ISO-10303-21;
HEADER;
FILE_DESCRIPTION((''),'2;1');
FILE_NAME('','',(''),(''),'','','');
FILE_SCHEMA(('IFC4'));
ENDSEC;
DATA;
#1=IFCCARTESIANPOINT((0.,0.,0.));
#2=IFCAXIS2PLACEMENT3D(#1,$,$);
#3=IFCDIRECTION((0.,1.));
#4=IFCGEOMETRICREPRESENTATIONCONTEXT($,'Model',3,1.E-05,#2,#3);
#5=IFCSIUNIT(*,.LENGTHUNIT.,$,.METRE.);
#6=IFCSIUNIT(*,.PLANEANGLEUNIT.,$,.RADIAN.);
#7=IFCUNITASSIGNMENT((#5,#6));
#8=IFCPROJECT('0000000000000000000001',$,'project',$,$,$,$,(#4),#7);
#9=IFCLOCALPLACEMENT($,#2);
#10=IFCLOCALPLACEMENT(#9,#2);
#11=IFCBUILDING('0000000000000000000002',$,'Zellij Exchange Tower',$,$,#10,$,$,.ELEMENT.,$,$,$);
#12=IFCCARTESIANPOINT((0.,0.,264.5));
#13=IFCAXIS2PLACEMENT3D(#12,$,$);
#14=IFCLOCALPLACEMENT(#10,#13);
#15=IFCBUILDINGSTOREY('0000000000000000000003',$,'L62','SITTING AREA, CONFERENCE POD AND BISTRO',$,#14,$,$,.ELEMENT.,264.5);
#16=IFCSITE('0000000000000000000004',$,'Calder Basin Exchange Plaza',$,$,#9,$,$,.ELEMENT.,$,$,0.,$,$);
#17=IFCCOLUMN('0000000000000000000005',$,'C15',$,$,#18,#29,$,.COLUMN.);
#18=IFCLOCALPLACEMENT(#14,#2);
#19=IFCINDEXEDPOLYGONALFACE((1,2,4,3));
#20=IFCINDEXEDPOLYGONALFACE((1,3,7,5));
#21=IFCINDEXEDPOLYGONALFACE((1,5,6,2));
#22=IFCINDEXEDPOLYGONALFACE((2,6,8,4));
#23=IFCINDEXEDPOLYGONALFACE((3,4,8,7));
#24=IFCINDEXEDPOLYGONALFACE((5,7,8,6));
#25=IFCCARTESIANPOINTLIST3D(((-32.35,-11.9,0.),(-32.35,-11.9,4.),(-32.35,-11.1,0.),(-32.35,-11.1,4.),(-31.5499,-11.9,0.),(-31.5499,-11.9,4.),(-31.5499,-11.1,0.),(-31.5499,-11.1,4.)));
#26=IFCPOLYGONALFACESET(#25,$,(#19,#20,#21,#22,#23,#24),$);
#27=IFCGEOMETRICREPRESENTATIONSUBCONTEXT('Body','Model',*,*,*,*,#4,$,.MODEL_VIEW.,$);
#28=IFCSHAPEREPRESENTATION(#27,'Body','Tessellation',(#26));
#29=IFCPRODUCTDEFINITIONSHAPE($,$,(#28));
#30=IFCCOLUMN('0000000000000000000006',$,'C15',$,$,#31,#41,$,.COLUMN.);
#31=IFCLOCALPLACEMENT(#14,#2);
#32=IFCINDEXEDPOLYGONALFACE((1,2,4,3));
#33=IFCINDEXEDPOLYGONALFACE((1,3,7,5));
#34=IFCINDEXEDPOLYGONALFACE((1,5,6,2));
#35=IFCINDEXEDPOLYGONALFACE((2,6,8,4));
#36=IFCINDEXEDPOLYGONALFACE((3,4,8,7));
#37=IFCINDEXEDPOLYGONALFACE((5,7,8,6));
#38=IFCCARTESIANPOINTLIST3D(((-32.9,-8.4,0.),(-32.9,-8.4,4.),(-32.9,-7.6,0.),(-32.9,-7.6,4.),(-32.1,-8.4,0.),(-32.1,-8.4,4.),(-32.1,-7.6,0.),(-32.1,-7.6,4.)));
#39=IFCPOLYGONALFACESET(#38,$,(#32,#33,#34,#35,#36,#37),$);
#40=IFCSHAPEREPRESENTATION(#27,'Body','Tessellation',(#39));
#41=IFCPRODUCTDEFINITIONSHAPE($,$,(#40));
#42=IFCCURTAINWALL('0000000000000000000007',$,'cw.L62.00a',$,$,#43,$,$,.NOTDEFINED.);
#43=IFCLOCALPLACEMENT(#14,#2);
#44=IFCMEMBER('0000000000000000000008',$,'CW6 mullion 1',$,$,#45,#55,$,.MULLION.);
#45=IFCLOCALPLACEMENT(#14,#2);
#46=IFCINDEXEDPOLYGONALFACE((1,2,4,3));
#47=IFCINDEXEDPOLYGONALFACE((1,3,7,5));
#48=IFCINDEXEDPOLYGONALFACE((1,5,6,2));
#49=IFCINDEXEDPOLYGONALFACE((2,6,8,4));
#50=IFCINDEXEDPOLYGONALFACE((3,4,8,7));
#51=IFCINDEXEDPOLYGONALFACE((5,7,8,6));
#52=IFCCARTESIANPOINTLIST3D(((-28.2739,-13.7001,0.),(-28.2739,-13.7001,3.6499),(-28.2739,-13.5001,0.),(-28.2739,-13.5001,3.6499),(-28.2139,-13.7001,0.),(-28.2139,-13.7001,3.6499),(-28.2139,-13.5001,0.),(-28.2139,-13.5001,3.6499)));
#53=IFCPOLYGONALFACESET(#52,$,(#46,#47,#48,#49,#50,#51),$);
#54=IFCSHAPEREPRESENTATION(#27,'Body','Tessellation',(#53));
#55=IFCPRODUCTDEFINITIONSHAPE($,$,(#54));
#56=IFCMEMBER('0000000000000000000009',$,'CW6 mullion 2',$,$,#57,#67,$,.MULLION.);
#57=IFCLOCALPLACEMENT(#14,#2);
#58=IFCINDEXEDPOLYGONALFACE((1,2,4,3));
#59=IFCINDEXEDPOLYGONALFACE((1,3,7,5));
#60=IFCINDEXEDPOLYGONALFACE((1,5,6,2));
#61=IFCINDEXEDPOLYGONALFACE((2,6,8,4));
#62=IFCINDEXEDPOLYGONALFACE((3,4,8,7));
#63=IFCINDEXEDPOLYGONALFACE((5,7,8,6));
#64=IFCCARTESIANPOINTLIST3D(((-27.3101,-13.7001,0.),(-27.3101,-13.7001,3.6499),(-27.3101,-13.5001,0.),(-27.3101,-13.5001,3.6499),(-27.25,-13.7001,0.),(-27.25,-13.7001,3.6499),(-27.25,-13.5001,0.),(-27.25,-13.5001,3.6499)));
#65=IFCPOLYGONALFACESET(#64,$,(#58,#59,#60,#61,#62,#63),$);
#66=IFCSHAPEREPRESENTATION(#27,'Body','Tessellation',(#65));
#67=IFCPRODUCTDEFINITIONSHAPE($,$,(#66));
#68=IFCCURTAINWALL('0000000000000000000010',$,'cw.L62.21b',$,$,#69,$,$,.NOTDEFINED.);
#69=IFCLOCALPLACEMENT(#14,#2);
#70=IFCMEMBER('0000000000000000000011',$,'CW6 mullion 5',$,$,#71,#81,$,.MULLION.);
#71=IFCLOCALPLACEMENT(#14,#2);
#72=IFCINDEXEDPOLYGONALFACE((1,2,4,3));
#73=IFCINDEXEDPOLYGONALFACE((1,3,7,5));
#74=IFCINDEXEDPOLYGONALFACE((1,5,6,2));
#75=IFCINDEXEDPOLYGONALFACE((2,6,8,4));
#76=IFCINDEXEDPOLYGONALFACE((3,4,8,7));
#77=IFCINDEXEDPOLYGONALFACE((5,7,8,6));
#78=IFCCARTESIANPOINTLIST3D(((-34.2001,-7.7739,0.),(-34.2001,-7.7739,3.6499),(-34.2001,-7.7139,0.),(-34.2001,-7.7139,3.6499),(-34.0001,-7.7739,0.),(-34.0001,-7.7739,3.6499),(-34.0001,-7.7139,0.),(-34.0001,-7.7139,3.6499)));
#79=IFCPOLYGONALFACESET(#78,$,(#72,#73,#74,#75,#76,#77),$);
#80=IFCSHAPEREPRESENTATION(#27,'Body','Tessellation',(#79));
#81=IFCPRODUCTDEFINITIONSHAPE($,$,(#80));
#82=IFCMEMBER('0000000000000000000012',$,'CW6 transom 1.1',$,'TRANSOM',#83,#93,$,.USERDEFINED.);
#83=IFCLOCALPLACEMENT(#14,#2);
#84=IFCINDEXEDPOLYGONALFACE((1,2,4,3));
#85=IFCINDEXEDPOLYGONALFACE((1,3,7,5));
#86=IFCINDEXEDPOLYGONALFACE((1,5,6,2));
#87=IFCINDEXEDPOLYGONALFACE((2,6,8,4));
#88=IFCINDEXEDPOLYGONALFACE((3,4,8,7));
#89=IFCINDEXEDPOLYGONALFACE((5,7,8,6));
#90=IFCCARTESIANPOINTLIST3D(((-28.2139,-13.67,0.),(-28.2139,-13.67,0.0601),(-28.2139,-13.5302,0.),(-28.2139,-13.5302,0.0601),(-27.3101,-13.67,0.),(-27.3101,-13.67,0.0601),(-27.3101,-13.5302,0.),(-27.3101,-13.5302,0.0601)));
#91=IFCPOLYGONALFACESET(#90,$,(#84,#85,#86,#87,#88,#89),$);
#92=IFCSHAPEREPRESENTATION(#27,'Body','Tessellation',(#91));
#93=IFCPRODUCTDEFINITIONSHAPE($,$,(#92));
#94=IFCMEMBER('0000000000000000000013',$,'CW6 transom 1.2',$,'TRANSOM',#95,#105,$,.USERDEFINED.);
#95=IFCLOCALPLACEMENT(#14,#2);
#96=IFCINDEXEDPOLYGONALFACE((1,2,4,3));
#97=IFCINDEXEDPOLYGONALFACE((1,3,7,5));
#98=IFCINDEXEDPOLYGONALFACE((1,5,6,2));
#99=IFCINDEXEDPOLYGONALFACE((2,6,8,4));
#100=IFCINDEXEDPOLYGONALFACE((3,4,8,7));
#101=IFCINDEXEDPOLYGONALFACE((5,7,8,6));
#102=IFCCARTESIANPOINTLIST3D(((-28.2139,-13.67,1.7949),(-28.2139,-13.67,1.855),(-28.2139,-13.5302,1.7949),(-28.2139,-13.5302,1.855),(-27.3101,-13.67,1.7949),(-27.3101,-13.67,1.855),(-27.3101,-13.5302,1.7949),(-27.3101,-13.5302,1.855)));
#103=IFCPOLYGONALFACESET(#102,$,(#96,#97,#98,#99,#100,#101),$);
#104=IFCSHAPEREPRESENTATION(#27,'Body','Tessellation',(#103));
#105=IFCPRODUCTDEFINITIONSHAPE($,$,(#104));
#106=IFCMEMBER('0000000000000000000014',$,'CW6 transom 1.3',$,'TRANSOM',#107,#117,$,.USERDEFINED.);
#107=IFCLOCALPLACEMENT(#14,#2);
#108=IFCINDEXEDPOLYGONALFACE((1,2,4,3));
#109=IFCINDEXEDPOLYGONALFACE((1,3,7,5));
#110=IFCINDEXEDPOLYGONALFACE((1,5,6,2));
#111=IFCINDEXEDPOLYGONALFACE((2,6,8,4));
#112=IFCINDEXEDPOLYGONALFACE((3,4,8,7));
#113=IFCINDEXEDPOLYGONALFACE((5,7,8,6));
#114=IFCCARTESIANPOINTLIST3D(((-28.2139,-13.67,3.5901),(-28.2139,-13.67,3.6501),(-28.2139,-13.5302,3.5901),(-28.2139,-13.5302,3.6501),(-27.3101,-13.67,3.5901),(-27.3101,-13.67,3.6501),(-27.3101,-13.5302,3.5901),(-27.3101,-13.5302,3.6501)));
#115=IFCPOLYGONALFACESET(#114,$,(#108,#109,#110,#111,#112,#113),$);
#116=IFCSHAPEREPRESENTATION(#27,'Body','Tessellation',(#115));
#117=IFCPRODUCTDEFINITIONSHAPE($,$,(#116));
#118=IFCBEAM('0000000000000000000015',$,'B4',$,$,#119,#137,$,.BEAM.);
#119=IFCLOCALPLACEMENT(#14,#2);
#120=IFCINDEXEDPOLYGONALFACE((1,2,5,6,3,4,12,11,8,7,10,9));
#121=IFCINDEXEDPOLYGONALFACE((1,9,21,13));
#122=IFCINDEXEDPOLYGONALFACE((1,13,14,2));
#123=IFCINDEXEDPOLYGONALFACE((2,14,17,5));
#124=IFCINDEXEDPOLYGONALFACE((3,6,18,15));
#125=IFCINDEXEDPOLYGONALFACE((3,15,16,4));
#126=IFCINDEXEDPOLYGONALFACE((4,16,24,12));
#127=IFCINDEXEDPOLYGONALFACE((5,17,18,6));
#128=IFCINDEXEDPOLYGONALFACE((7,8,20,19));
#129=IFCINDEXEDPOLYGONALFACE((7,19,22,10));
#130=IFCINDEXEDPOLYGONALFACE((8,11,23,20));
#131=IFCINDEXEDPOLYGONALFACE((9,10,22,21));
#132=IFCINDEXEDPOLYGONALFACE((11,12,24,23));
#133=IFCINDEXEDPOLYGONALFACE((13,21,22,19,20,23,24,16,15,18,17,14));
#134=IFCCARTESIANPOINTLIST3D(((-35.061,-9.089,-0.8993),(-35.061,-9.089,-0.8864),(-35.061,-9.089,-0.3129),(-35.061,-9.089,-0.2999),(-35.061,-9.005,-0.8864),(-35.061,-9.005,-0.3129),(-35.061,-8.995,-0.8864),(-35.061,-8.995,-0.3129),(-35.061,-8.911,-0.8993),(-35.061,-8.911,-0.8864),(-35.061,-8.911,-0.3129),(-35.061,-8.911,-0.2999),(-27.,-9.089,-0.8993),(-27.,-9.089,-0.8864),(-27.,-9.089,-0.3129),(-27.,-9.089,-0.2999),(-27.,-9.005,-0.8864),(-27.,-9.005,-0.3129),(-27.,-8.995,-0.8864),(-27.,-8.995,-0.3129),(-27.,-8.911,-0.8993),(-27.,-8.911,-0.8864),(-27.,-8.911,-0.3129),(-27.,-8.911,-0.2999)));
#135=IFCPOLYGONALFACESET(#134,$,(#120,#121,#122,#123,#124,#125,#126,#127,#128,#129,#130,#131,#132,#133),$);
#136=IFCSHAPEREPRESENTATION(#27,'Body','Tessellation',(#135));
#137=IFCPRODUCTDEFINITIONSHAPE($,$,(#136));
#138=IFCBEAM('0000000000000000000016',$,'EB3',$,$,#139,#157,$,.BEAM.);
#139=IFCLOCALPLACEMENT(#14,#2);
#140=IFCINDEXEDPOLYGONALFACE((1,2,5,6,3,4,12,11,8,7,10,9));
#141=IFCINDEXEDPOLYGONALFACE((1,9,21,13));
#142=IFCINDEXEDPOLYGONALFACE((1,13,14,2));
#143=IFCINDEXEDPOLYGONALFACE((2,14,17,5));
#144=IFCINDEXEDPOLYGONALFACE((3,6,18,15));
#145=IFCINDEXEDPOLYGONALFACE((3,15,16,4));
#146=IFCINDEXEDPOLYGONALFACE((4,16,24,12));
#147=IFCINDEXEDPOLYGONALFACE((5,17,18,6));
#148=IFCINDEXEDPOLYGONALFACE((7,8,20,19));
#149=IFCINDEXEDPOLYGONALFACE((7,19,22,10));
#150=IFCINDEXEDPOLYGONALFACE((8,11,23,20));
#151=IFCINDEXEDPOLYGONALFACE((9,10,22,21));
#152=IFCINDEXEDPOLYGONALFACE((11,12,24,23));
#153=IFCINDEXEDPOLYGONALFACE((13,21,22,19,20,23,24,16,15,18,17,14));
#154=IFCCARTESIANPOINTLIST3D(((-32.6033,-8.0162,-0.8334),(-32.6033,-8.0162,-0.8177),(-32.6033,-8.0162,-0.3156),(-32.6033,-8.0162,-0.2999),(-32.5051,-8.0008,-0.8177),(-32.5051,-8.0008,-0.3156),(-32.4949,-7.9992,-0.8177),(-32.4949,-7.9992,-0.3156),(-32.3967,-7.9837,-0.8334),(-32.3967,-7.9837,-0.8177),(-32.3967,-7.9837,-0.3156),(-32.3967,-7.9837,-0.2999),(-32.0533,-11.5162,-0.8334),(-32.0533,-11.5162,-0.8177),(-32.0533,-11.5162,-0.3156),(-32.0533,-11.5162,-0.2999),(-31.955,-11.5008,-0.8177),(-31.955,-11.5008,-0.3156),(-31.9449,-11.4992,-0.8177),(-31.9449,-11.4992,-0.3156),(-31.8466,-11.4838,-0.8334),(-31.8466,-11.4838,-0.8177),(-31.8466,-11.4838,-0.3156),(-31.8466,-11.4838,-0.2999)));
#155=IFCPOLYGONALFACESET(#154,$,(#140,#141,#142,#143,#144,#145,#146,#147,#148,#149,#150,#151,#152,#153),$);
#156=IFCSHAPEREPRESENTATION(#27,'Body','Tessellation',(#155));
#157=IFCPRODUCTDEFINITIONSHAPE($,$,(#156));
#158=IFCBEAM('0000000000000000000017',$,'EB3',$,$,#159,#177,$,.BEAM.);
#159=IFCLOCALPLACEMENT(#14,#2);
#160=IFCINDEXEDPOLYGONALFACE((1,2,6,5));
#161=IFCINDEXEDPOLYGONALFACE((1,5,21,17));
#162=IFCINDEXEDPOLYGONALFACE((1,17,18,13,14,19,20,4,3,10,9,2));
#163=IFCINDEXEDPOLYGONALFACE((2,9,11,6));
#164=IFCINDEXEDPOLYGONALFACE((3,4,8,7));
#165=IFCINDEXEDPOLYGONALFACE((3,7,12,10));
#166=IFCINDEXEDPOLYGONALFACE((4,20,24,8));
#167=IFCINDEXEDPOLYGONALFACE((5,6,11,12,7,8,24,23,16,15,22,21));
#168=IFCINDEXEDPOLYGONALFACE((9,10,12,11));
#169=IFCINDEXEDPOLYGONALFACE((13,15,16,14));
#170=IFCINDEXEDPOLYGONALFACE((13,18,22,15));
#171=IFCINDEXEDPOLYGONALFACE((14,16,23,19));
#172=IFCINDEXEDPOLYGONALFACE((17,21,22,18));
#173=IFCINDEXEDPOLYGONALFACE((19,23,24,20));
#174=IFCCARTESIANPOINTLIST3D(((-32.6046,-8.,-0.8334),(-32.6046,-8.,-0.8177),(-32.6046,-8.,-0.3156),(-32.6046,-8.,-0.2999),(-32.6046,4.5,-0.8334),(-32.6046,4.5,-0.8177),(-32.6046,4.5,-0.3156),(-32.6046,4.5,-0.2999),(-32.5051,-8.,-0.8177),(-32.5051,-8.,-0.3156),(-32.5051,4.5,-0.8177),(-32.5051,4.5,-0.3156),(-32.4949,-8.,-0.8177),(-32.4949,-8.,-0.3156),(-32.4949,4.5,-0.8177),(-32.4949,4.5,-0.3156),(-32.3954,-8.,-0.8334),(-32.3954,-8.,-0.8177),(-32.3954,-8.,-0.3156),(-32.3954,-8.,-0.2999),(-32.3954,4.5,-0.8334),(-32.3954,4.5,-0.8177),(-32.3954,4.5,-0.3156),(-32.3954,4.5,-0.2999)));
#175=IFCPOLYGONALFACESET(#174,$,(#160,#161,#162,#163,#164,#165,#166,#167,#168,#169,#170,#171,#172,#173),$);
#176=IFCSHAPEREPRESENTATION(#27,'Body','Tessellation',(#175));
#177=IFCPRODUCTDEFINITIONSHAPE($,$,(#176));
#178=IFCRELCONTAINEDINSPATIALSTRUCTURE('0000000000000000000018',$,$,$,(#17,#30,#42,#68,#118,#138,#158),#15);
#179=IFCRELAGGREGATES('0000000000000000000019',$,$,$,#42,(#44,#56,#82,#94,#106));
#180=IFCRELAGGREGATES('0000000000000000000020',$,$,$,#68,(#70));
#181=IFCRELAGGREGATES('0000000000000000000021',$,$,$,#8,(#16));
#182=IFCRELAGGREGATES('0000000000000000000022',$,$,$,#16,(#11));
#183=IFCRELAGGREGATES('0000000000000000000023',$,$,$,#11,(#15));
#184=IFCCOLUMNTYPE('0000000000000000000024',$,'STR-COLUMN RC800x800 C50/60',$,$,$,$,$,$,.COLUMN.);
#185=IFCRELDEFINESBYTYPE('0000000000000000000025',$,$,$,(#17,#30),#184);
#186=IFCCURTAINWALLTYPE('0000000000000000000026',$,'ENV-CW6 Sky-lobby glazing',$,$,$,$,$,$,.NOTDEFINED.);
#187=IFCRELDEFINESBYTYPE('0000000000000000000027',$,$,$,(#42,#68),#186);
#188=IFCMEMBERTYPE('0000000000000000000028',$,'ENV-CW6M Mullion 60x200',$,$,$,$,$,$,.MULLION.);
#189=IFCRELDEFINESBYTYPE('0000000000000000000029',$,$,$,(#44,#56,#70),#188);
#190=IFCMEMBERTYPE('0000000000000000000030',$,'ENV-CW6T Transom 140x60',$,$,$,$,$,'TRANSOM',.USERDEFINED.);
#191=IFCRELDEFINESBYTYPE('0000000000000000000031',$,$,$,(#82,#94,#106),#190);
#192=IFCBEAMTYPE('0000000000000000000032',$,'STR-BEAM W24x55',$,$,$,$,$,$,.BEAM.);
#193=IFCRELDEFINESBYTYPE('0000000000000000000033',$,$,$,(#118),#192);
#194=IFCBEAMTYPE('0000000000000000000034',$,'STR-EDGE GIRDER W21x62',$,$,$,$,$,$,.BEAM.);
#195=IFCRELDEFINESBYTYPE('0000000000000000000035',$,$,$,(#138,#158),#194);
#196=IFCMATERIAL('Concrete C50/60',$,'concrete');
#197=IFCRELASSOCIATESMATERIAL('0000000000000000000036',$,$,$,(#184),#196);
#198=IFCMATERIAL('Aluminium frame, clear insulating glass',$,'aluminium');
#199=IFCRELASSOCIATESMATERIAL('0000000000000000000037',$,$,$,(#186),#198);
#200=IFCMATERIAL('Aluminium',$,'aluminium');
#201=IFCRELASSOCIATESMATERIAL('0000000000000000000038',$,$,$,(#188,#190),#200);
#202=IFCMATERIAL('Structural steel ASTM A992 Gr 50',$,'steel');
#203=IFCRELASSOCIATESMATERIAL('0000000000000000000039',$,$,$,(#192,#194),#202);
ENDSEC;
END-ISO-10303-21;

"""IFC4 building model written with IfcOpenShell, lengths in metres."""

from ifc_helpers import new_model, si_unit, direction, frame, origin, origin_2d, place, context, subcontext, project, spatial, rectangle, i_section, extrude, material, material_profile, profile_set, type_object, element, aggregate, save


model = new_model("IFC4")

# Units and contexts
model_context = context("Model", 3, precision=1e-05, world=origin(), true_north=direction((0.0, 1.0)))
body_context = subcontext(model_context, "Body", "Model", "MODEL_VIEW")
ifc_project = project(units=[si_unit("LENGTHUNIT", "METRE"), si_unit("PLANEANGLEUNIT", "RADIAN")], contexts=[model_context])

# Site, building, storey
site_placement = place(None, origin())
site = spatial("IfcSite", under=ifc_project, at=site_placement, Name="Calder Basin Exchange Plaza", CompositionType="ELEMENT", RefElevation=0.0)
building_placement = place(site_placement, origin())
building = spatial("IfcBuilding", under=site, at=building_placement, Name="Zellij Exchange Tower", CompositionType="ELEMENT")
storey_placement = place(building_placement, frame((0.0, 0.0, 264.5)))
storey = spatial("IfcBuildingStorey", under=building, at=storey_placement, Name="L62", Description="SITTING AREA, CONFERENCE POD AND BISTRO", CompositionType="ELEMENT", Elevation=264.5)

# Columns
ifc_material_1 = material(Name="Concrete C50/60", Category="concrete")
ifc_material_profile_1 = material_profile(ifc_material_1, rectangle(XDim=0.8, YDim=0.8, at=origin_2d()), Name="STR-COLUMN RC800x800 C50/60")
ifc_profile_set_1 = profile_set([ifc_material_profile_1], Name="Concrete C50/60")
column_type = type_object("IfcColumnType", Name="STR-COLUMN RC800x800 C50/60", PredefinedType="COLUMN", material=ifc_profile_set_1)
for number, where, z_axis, x_axis, name in (
    (1, (-31.95, -11.5, 0.0), (0.0, 0.0, 1.0), (1.0, 0.0, 0.0), "C15"),
    (2, (-32.5, -8.0, 0.0), (0.0, 0.0, 1.0), (1.0, 0.0, 0.0), "C15"),
):
    element("IfcColumn", number, at=place(storey_placement, frame(where, z_axis=z_axis, x_axis=x_axis)), inside=storey, type_object=column_type, Name=name, PredefinedType="COLUMN", context=body_context, shape_type="SweptSolid", body=[
        extrude(rectangle(XDim=0.8, YDim=0.8, at=origin_2d()), origin(), (0.0, 0.0, 1.0), 4.0),
    ])

# Curtain wall, members
ifc_material_2 = material(Name="Aluminium frame, clear insulating glass", Category="aluminium")
curtain_wall_type = type_object("IfcCurtainWallType", Name="ENV-CW6 Sky-lobby glazing", PredefinedType="NOTDEFINED", material=ifc_material_2)
curtain_wall_1_placement = place(storey_placement, origin())
curtain_wall_1 = element("IfcCurtainWall", 3, at=curtain_wall_1_placement, inside=storey, type_object=curtain_wall_type, Name="cw.L62.00a", PredefinedType="NOTDEFINED")
ifc_material_3 = material(Name="Aluminium", Category="aluminium")
ifc_material_profile_2 = material_profile(ifc_material_3, rectangle(XDim=0.0601, YDim=0.2, at=origin_2d()), Name="AL 60x200")
ifc_profile_set_2 = profile_set([ifc_material_profile_2], Name="Aluminium")
member_type_1 = type_object("IfcMemberType", Name="ENV-CW6M Mullion 60x200", PredefinedType="MULLION", material=ifc_profile_set_2)
member_1_placement = place(storey_placement, frame((-28.2439, -13.6001, 0.0), z_axis=(0.0, 0.0, 1.0), x_axis=(1.0, 0.0, 0.0)))
member_1 = element("IfcMember", 4, at=member_1_placement, type_object=member_type_1, Name="CW6 mullion 1", PredefinedType="MULLION", context=body_context, shape_type="SweptSolid", body=[
    extrude(rectangle(XDim=0.0601, YDim=0.2, at=origin_2d()), origin(), (0.0, 0.0, 1.0), 3.6499),
])
member_2_placement = place(storey_placement, frame((-27.28, -13.6001, 0.0), z_axis=(0.0, 0.0, 1.0), x_axis=(1.0, 0.0, 0.0)))
member_2 = element("IfcMember", 5, at=member_2_placement, type_object=member_type_1, Name="CW6 mullion 2", PredefinedType="MULLION", context=body_context, shape_type="SweptSolid", body=[
    extrude(rectangle(XDim=0.0601, YDim=0.2, at=origin_2d()), origin(), (0.0, 0.0, 1.0), 3.6499),
])

# Curtain wall, member
curtain_wall_2_placement = place(storey_placement, origin())
curtain_wall_2 = element("IfcCurtainWall", 6, at=curtain_wall_2_placement, inside=storey, type_object=curtain_wall_type, Name="cw.L62.21b", PredefinedType="NOTDEFINED")
member_3_placement = place(storey_placement, frame((-34.1001, -7.7439, 0.0), z_axis=(0.0, 0.0, 1.0), x_axis=(0.0, -1.0, 0.0)))
member_3 = element("IfcMember", 7, at=member_3_placement, type_object=member_type_1, Name="CW6 mullion 5", PredefinedType="MULLION", context=body_context, shape_type="SweptSolid", body=[
    extrude(rectangle(XDim=0.0601, YDim=0.2, at=origin_2d()), origin(), (0.0, 0.0, 1.0), 3.6499),
])

# Members
ifc_material_profile_3 = material_profile(ifc_material_3, rectangle(XDim=0.1399, YDim=0.0601, at=origin_2d()), Name="AL 140x60")
ifc_profile_set_3 = profile_set([ifc_material_profile_3], Name="Aluminium")
member_type_2 = type_object("IfcMemberType", Name="ENV-CW6T Transom 140x60", ElementType="TRANSOM", PredefinedType="USERDEFINED", material=ifc_profile_set_3)
member_4_placement = place(storey_placement, frame((-28.2139, -13.6001, 0.03), z_axis=(1.0, 0.0, 0.0), x_axis=(0.0, 1.0, 0.0)))
member_4 = element("IfcMember", 8, at=member_4_placement, type_object=member_type_2, Name="CW6 transom 1.1", ObjectType="TRANSOM", PredefinedType="USERDEFINED", context=body_context, shape_type="SweptSolid", body=[
    extrude(rectangle(XDim=0.1399, YDim=0.0601, at=origin_2d()), origin(), (0.0, 0.0, 1.0), 0.9038),
])
member_5_placement = place(storey_placement, frame((-28.2139, -13.6001, 1.825), z_axis=(1.0, 0.0, 0.0), x_axis=(0.0, 1.0, 0.0)))
member_5 = element("IfcMember", 9, at=member_5_placement, type_object=member_type_2, Name="CW6 transom 1.2", ObjectType="TRANSOM", PredefinedType="USERDEFINED", context=body_context, shape_type="SweptSolid", body=[
    extrude(rectangle(XDim=0.1399, YDim=0.0601, at=origin_2d()), origin(), (0.0, 0.0, 1.0), 0.9038),
])
member_6_placement = place(storey_placement, frame((-28.2139, -13.6001, 3.6201), z_axis=(1.0, 0.0, 0.0), x_axis=(0.0, 1.0, 0.0)))
member_6 = element("IfcMember", 10, at=member_6_placement, type_object=member_type_2, Name="CW6 transom 1.3", ObjectType="TRANSOM", PredefinedType="USERDEFINED", context=body_context, shape_type="SweptSolid", body=[
    extrude(rectangle(XDim=0.1399, YDim=0.0601, at=origin_2d()), origin(), (0.0, 0.0, 1.0), 0.9038),
])

# Beams
ifc_material_4 = material(Name="Structural steel ASTM A992 Gr 50", Category="steel")
ifc_material_profile_4 = material_profile(ifc_material_4, i_section(OverallWidth=0.178, OverallDepth=0.5994, WebThickness=0.01, FlangeThickness=0.0129, at=origin_2d()), Name="W24x55")
ifc_profile_set_4 = profile_set([ifc_material_profile_4], Name="Structural steel ASTM A992 Gr 50")
beam_type_1 = type_object("IfcBeamType", Name="STR-BEAM W24x55", PredefinedType="BEAM", material=ifc_profile_set_4)
beam_1_placement = place(storey_placement, frame((-35.061, -9.0, -0.5996), z_axis=(1.0, 0.0, 0.0), x_axis=(0.0, 1.0, 0.0)))
element("IfcBeam", 11, at=beam_1_placement, inside=storey, type_object=beam_type_1, Name="B4", PredefinedType="BEAM", context=body_context, shape_type="SweptSolid", body=[
    extrude(i_section(OverallWidth=0.178, OverallDepth=0.5994, WebThickness=0.01, FlangeThickness=0.0129, at=origin_2d()), origin(), (0.0, 0.0, 1.0), 8.061),
])
ifc_material_profile_5 = material_profile(ifc_material_4, i_section(OverallWidth=0.2092, OverallDepth=0.5334, WebThickness=0.0103, FlangeThickness=0.0156, at=origin_2d()), Name="W21x62")
ifc_profile_set_5 = profile_set([ifc_material_profile_5], Name="Structural steel ASTM A992 Gr 50")
beam_type_2 = type_object("IfcBeamType", Name="STR-EDGE GIRDER W21x62", PredefinedType="BEAM", material=ifc_profile_set_5)
beam_2_placement = place(storey_placement, frame((-31.95, -11.5, -0.5667), z_axis=(-0.155251, 0.987875, 0.0), x_axis=(-0.987875, -0.155251, 0.0)))
element("IfcBeam", 12, at=beam_2_placement, inside=storey, type_object=beam_type_2, Name="EB3", PredefinedType="BEAM", context=body_context, shape_type="SweptSolid", body=[
    extrude(i_section(OverallWidth=0.2092, OverallDepth=0.5334, WebThickness=0.0103, FlangeThickness=0.0156, at=origin_2d()), origin(), (0.0, 0.0, 1.0), 3.543),
])
beam_3_placement = place(storey_placement, frame((-32.5, -8.0, -0.5667), z_axis=(0.0, 1.0, 0.0), x_axis=(-1.0, 0.0, 0.0)))
element("IfcBeam", 13, at=beam_3_placement, inside=storey, type_object=beam_type_2, Name="EB3", PredefinedType="BEAM", context=body_context, shape_type="SweptSolid", body=[
    extrude(i_section(OverallWidth=0.2092, OverallDepth=0.5334, WebThickness=0.0103, FlangeThickness=0.0156, at=origin_2d()), origin(), (0.0, 0.0, 1.0), 12.5),
])

aggregate(curtain_wall_1, [member_1, member_2, member_4, member_5, member_6])
aggregate(curtain_wall_2, [member_3])

save(model, "model.ifc")
